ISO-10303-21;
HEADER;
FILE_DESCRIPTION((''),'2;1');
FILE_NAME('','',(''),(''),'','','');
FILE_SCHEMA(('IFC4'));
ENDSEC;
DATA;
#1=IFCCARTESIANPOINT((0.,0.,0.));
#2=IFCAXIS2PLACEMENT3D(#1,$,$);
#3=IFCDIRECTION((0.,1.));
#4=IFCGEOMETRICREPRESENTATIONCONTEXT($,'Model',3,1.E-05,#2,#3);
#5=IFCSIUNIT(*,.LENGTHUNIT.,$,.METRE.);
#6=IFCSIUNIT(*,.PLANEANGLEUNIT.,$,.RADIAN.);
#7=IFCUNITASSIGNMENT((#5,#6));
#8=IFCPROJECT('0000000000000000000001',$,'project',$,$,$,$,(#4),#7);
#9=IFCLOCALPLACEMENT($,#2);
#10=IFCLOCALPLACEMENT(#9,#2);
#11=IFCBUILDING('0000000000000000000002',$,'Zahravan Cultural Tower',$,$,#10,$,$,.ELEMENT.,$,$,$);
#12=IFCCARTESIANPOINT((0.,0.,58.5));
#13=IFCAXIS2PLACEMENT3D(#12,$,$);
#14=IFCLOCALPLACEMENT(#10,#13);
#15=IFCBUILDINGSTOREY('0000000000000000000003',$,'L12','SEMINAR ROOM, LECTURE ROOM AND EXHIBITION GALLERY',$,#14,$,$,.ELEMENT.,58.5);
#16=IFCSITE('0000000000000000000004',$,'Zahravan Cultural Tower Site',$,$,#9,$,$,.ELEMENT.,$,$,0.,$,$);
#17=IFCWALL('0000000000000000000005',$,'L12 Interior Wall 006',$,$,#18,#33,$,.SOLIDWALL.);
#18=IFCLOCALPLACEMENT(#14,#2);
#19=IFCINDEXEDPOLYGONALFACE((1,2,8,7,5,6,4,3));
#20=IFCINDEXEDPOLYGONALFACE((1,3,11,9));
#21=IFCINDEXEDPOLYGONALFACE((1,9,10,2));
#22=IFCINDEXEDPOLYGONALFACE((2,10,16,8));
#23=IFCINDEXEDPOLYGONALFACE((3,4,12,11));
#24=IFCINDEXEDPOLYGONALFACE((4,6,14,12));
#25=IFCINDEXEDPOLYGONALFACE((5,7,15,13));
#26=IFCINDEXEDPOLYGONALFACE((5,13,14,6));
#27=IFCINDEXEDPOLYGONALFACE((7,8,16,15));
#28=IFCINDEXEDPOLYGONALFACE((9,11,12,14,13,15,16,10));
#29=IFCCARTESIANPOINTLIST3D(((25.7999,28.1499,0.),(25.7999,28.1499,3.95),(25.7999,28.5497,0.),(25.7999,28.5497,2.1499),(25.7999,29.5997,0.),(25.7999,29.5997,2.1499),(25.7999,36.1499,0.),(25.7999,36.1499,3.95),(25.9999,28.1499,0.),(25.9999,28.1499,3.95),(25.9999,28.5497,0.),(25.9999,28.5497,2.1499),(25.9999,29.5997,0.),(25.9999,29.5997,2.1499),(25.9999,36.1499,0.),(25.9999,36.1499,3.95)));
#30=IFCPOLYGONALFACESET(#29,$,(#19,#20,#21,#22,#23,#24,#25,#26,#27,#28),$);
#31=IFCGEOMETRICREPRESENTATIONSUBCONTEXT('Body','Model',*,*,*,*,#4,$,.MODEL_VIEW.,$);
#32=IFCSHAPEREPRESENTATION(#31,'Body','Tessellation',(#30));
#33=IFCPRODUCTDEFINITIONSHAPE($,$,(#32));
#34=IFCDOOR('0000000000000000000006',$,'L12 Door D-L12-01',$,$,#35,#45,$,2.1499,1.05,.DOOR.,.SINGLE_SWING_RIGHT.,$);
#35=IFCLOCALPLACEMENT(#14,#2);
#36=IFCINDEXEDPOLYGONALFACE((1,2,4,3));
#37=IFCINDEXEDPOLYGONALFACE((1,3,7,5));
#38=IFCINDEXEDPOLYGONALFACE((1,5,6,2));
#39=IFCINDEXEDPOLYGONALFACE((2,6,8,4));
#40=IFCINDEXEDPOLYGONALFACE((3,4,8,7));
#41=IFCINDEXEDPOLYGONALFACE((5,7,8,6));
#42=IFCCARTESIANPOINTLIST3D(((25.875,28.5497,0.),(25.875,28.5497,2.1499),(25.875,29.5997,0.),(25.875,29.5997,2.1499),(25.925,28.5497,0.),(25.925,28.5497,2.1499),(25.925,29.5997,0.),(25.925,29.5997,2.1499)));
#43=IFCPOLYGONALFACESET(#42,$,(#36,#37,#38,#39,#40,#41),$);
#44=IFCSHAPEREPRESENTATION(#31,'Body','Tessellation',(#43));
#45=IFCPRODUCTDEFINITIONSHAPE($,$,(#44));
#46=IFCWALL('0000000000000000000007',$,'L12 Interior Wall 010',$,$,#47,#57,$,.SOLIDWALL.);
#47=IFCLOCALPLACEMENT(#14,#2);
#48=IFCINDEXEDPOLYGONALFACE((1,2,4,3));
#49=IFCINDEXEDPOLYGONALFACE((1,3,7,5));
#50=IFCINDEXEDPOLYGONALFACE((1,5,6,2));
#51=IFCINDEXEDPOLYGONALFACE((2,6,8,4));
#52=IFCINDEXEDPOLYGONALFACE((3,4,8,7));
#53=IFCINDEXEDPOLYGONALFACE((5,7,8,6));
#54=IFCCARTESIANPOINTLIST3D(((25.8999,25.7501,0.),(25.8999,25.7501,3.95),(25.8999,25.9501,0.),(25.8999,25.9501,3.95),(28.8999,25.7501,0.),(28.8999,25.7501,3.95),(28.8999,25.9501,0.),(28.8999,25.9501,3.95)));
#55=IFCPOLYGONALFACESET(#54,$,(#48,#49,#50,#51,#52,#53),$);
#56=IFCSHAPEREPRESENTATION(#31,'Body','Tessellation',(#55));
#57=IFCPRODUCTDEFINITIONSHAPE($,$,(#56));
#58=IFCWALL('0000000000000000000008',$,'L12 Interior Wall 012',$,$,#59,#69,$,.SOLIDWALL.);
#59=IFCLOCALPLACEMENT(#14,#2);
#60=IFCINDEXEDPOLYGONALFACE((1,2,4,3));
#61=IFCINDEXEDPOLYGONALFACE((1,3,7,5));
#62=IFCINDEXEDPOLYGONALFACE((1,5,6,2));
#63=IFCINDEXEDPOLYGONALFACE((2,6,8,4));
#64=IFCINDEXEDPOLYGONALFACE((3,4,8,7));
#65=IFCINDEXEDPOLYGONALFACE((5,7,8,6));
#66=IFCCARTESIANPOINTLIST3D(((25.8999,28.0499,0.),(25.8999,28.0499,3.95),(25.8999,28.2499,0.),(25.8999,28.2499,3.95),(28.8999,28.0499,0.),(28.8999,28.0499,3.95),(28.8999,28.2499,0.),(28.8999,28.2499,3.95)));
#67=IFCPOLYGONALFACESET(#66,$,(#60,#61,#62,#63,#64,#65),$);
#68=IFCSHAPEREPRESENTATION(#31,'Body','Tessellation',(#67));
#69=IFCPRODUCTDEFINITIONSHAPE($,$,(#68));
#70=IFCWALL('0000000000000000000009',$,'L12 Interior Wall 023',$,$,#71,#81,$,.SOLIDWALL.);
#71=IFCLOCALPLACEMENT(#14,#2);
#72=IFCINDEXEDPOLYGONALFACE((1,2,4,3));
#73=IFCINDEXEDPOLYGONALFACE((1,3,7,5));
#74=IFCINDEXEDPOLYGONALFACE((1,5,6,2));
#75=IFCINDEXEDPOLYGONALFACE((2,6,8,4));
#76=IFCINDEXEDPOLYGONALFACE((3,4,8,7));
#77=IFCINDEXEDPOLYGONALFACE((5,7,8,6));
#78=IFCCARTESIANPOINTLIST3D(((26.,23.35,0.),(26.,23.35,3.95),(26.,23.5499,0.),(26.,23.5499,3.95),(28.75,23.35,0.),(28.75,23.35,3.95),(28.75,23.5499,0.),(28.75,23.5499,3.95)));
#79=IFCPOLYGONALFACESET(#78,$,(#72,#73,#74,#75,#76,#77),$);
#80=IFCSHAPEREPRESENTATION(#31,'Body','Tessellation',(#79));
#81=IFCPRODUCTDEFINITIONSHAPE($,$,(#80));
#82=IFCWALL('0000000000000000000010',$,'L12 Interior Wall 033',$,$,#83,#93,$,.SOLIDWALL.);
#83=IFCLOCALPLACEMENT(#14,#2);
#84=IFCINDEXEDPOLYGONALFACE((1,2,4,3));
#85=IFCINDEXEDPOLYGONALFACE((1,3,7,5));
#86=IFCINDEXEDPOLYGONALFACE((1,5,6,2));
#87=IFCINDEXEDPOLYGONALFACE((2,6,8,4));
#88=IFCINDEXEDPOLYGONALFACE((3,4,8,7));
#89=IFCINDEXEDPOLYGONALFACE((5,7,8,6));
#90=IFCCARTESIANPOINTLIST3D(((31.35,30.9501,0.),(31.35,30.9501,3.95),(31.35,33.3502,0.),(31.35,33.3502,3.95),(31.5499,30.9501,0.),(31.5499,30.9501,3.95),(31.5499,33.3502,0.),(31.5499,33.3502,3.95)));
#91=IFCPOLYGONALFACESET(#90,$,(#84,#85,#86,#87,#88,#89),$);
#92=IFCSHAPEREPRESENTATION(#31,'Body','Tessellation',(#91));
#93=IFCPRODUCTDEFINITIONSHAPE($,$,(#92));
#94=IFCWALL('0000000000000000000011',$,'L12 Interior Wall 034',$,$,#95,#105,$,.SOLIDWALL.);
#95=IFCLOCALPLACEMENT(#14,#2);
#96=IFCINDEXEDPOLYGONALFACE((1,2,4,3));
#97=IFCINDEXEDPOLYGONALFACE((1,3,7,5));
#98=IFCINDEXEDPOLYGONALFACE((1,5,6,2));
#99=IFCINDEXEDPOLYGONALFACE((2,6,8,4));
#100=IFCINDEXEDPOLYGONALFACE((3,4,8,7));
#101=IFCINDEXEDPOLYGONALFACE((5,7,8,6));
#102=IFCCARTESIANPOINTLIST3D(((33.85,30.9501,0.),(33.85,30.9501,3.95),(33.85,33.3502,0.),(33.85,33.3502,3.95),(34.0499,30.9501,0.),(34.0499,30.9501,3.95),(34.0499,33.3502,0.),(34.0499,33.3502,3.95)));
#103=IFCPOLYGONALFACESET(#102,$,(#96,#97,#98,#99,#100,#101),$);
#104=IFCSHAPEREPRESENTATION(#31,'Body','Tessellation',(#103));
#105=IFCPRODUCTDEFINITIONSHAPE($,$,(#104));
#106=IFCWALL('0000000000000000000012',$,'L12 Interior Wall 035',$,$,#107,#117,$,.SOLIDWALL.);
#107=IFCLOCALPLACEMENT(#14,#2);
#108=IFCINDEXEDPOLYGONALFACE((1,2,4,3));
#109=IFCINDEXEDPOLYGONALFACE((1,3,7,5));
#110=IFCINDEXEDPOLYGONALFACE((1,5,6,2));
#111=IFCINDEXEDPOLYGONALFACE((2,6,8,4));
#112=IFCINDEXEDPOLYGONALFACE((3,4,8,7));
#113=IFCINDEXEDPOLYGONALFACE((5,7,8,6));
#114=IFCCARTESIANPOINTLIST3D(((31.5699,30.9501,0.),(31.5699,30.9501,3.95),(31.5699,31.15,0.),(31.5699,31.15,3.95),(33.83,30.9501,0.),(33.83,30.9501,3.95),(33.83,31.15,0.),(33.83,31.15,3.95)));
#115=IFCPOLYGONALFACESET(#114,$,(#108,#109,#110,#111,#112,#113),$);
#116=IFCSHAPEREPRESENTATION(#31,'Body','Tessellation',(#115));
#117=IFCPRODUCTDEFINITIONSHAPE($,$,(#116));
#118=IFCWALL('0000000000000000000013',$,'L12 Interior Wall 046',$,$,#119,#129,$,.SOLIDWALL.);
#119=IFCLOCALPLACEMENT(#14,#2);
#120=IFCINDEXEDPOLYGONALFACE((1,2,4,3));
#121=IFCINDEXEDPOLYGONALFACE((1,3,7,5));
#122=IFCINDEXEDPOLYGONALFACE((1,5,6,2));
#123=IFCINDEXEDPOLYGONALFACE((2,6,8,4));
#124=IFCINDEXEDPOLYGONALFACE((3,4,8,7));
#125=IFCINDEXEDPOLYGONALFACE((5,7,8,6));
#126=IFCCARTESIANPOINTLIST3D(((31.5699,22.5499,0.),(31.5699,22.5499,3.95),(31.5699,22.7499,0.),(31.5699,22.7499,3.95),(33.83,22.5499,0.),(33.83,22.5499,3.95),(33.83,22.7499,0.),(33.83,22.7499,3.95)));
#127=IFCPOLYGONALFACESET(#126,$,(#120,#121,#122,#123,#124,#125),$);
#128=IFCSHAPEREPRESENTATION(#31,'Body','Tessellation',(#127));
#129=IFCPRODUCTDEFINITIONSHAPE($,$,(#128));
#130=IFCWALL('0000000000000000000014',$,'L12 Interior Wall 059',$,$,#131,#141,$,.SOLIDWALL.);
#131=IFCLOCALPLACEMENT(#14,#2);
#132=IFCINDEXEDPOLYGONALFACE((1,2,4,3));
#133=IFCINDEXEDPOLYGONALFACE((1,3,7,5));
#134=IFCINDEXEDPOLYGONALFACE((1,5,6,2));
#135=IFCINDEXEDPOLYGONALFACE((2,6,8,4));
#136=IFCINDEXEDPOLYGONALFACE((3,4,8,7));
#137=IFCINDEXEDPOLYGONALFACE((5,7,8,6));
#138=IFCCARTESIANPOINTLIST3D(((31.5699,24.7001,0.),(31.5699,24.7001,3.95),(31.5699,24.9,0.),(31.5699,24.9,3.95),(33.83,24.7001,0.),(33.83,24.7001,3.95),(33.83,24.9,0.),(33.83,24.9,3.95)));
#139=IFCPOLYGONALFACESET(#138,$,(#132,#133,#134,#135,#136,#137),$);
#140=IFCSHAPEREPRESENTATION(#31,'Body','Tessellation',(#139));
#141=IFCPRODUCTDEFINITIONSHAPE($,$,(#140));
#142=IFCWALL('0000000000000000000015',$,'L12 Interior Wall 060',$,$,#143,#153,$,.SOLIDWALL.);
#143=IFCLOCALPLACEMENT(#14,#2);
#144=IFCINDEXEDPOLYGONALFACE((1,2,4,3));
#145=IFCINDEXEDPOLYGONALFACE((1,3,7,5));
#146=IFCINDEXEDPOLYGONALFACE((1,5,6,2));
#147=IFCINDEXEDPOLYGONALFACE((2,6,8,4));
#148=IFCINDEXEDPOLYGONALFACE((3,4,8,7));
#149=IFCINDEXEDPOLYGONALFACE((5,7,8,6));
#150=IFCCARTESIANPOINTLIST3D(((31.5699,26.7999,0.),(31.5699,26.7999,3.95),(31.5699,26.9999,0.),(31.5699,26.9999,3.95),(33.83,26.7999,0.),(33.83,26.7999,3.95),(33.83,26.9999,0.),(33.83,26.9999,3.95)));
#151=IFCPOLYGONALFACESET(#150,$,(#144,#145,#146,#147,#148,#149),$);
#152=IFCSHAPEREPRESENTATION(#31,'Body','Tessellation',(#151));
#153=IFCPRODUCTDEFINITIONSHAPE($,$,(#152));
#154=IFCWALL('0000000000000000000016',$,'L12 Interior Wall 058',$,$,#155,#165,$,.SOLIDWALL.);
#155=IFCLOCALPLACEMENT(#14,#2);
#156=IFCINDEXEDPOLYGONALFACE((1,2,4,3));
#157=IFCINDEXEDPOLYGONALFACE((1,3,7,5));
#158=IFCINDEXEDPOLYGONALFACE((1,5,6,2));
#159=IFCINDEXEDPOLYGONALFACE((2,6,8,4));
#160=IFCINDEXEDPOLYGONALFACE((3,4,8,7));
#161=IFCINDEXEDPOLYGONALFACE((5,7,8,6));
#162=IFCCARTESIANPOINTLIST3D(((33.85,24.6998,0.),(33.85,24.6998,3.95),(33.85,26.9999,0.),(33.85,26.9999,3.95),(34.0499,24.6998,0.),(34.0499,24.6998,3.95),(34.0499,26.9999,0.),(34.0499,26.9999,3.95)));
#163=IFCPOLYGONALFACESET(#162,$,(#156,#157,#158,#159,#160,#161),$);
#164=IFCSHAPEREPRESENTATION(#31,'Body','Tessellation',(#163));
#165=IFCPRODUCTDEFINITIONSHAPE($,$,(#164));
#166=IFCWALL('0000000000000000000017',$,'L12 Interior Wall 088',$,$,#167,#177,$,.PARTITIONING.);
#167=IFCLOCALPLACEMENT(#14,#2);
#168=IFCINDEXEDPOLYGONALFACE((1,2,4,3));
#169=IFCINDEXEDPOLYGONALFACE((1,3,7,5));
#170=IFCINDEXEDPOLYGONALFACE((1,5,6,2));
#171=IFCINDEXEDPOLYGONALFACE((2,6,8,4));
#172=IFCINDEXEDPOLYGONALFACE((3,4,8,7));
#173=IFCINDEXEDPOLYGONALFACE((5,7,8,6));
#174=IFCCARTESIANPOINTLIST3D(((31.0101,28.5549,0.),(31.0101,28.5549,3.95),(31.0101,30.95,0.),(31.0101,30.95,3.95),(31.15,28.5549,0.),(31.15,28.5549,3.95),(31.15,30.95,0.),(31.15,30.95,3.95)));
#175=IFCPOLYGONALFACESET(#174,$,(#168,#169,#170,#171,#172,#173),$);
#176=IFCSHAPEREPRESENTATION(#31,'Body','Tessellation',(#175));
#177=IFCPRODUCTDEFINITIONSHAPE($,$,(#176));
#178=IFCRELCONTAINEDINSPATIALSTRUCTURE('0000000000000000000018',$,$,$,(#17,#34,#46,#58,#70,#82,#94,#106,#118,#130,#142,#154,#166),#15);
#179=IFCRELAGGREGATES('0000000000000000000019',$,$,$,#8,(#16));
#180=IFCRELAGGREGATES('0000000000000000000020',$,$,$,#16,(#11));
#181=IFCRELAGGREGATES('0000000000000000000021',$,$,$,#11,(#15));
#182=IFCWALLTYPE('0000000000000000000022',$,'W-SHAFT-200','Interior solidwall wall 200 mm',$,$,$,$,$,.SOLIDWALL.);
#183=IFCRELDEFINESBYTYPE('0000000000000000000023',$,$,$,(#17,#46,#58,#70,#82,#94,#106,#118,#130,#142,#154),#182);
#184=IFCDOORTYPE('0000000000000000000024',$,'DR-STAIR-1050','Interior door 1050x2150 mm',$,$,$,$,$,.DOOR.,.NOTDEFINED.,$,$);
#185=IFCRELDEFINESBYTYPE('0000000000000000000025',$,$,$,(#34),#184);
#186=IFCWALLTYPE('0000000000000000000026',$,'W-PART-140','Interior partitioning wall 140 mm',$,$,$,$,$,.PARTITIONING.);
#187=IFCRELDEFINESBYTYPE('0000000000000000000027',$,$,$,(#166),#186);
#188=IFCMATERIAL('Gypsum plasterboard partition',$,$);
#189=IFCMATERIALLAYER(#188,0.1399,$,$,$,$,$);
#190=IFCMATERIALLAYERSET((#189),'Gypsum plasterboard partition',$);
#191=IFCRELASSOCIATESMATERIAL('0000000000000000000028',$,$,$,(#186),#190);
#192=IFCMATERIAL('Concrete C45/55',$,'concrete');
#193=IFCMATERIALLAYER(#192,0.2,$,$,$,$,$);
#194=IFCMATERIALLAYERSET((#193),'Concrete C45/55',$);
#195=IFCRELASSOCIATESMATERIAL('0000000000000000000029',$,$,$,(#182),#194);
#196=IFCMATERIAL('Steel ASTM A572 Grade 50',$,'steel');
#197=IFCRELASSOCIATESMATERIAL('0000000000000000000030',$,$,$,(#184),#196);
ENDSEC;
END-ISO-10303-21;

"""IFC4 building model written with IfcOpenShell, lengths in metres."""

from ifc_helpers import new_model, si_unit, direction, frame, frame_2d, origin, place, context, subcontext, project, spatial, rectangle, extrude, source, transform, mapped, material, layer, layer_set, type_object, element, fill, save


model = new_model("IFC4")

# Units and contexts
model_context = context("Model", 3, precision=1e-05, world=origin(), true_north=direction((0.0, 1.0)))
body_context = subcontext(model_context, "Body", "Model", "MODEL_VIEW")
ifc_project = project(units=[si_unit("LENGTHUNIT", "METRE"), si_unit("PLANEANGLEUNIT", "RADIAN")], contexts=[model_context])

# Site, building, storey
site_placement = place(None, origin())
site = spatial("IfcSite", under=ifc_project, at=site_placement, Name="Zahravan Cultural Tower Site", CompositionType="ELEMENT", RefElevation=0.0)
building_placement = place(site_placement, origin())
building = spatial("IfcBuilding", under=site, at=building_placement, Name="Zahravan Cultural Tower", CompositionType="ELEMENT")
storey_placement = place(building_placement, frame((0.0, 0.0, 58.5)))
storey = spatial("IfcBuildingStorey", under=building, at=storey_placement, Name="L12", Description="SEMINAR ROOM, LECTURE ROOM AND EXHIBITION GALLERY", CompositionType="ELEMENT", Elevation=58.5)

# Wall, opening, door
ifc_material_1 = material(Name="Steel ASTM A572 Grade 50", Category="steel")
ifc_material_2 = material(Name="Gypsum plasterboard partition")
ifc_layer_1 = layer(ifc_material_2, 0.1399)
ifc_layer_set_1 = layer_set([ifc_layer_1], Name="Gypsum plasterboard partition")
wall_type_1 = type_object("IfcWallType", Name="W-PART-140", Description="Interior partitioning wall 140 mm", PredefinedType="PARTITIONING", material=ifc_layer_set_1)
ifc_material_3 = material(Name="Concrete C45/55", Category="concrete")
ifc_layer_2 = layer(ifc_material_3, 0.2)
ifc_layer_set_2 = layer_set([ifc_layer_2], Name="Concrete C45/55")
wall_type_2 = type_object("IfcWallType", Name="W-SHAFT-200", Description="Interior solidwall wall 200 mm", PredefinedType="SOLIDWALL", material=ifc_layer_set_2)
wall_1_placement = place(storey_placement, frame((25.8999, 28.1499, 0.0), z_axis=(0.0, 0.0, 1.0), x_axis=(0.0, 1.0, 0.0)))
wall_1 = element("IfcWall", 1, at=wall_1_placement, inside=storey, type_object=wall_type_2, Name="L12 Interior Wall 006", PredefinedType="SOLIDWALL", context=body_context, shape_type="SweptSolid", body=[
    extrude(rectangle(XDim=8.0, YDim=0.2, at=frame_2d((4.0, 0.0))), origin(), (0.0, 0.0, 1.0), 3.95),
])
opening_1_placement = place(wall_1_placement, frame((0.3999, 0.0, 0.0)))
opening_1 = element("IfcOpeningElement", 2, at=opening_1_placement, cuts=wall_1, PredefinedType="OPENING", context=body_context, shape_type="SweptSolid", body=[
    extrude(rectangle(XDim=1.05, YDim=2.1499, at=frame_2d((0.5249, 1.075))), frame((0.0, 0.1099, 0.0), z_axis=(0.0, -1.0, 0.0), x_axis=(1.0, 0.0, 0.0)), (0.0, 0.0, 1.0), 0.22),
])
door_type_1 = type_object("IfcDoorType", Name="DR-STAIR-1050", Description="Interior door 1050x2150 mm", OperationType="NOTDEFINED", PredefinedType="DOOR", material=ifc_material_1)
shared_shape_1 = source(origin(), body_context, "Body", "SweptSolid", [
    extrude(rectangle(XDim=1.05, YDim=2.1499, at=frame_2d((0.5249, 1.075))), frame((0.0, 0.0249, 0.0), z_axis=(0.0, -1.0, 0.0), x_axis=(1.0, 0.0, 0.0)), (0.0, 0.0, 1.0), 0.05),
])
door_1_placement = place(opening_1_placement, origin())
door_1 = element("IfcDoor", 3, at=door_1_placement, inside=storey, type_object=door_type_1, Name="L12 Door D-L12-01", OperationType="SINGLE_SWING_RIGHT", OverallHeight=2.1499, OverallWidth=1.05, PredefinedType="DOOR", context=body_context, shape_type="MappedRepresentation", body=[
    mapped(shared_shape_1, transform((0.0, 0.0, 0.0), x_axis=(1.0, 0.0, 0.0), y_axis=(0.0, 1.0, 0.0), z_axis=(0.0, 0.0, 1.0), scale=1.0)),
])
fill(opening_1, door_1)

# Walls
shared_shape_2 = source(origin(), body_context, "Body", "SweptSolid", [
    extrude(rectangle(XDim=3.0, YDim=0.2, at=frame_2d((1.5, 0.0))), origin(), (0.0, 0.0, 1.0), 3.95),
])
for number, where, z_axis, x_axis, name in (
    (4, (25.8999, 25.8501, 0.0), (0.0, 0.0, 1.0), (1.0, 0.0, 0.0), "L12 Interior Wall 010"),
    (5, (25.8999, 28.1499, 0.0), (0.0, 0.0, 1.0), (1.0, 0.0, 0.0), "L12 Interior Wall 012"),
):
    element("IfcWall", number, at=place(storey_placement, frame(where, z_axis=z_axis, x_axis=x_axis)), inside=storey, type_object=wall_type_2, Name=name, PredefinedType="SOLIDWALL", context=body_context, shape_type="MappedRepresentation", body=[
        mapped(shared_shape_2, transform((0.0, 0.0, 0.0), x_axis=(1.0, 0.0, 0.0), y_axis=(0.0, 1.0, 0.0), z_axis=(0.0, 0.0, 1.0), scale=1.0)),
    ])
shared_shape_3 = source(origin(), body_context, "Body", "SweptSolid", [
    extrude(rectangle(XDim=2.75, YDim=0.2, at=frame_2d((1.375, 0.0))), origin(), (0.0, 0.0, 1.0), 3.95),
])
wall_2_placement = place(storey_placement, frame((26.0, 23.45, 0.0), z_axis=(0.0, 0.0, 1.0), x_axis=(1.0, 0.0, 0.0)))
element("IfcWall", 6, at=wall_2_placement, inside=storey, type_object=wall_type_2, Name="L12 Interior Wall 023", PredefinedType="SOLIDWALL", context=body_context, shape_type="MappedRepresentation", body=[
    mapped(shared_shape_3, transform((0.0, 0.0, 0.0), x_axis=(1.0, 0.0, 0.0), y_axis=(0.0, 1.0, 0.0), z_axis=(0.0, 0.0, 1.0), scale=1.0)),
])
shared_shape_4 = source(origin(), body_context, "Body", "SweptSolid", [
    extrude(rectangle(XDim=2.4001, YDim=0.2, at=frame_2d((1.2002, 0.0))), origin(), (0.0, 0.0, 1.0), 3.95),
])
for number, where, z_axis, x_axis, name in (
    (7, (31.45, 30.95, 0.0), (0.0, 0.0, 1.0), (0.0, 1.0, 0.0), "L12 Interior Wall 033"),
    (8, (33.95, 30.95, 0.0), (0.0, 0.0, 1.0), (0.0, 1.0, 0.0), "L12 Interior Wall 034"),
):
    element("IfcWall", number, at=place(storey_placement, frame(where, z_axis=z_axis, x_axis=x_axis)), inside=storey, type_object=wall_type_2, Name=name, PredefinedType="SOLIDWALL", context=body_context, shape_type="MappedRepresentation", body=[
        mapped(shared_shape_4, transform((0.0, 0.0, 0.0), x_axis=(1.0, 0.0, 0.0), y_axis=(0.0, 1.0, 0.0), z_axis=(0.0, 0.0, 1.0), scale=1.0)),
    ])
shared_shape_5 = source(origin(), body_context, "Body", "SweptSolid", [
    extrude(rectangle(XDim=2.26, YDim=0.2, at=frame_2d((1.1299, 0.0))), origin(), (0.0, 0.0, 1.0), 3.95),
])
for number, where, z_axis, x_axis, name in (
    (9, (31.5701, 31.05, 0.0), (0.0, 0.0, 1.0), (1.0, 0.0, 0.0), "L12 Interior Wall 035"),
    (10, (31.5701, 22.6499, 0.0), (0.0, 0.0, 1.0), (1.0, 0.0, 0.0), "L12 Interior Wall 046"),
    (11, (31.5701, 24.8, 0.0), (0.0, 0.0, 1.0), (1.0, 0.0, 0.0), "L12 Interior Wall 059"),
    (12, (31.5701, 26.8999, 0.0), (0.0, 0.0, 1.0), (1.0, 0.0, 0.0), "L12 Interior Wall 060"),
):
    element("IfcWall", number, at=place(storey_placement, frame(where, z_axis=z_axis, x_axis=x_axis)), inside=storey, type_object=wall_type_2, Name=name, PredefinedType="SOLIDWALL", context=body_context, shape_type="MappedRepresentation", body=[
        mapped(shared_shape_5, transform((0.0, 0.0, 0.0), x_axis=(1.0, 0.0, 0.0), y_axis=(0.0, 1.0, 0.0), z_axis=(0.0, 0.0, 1.0), scale=1.0)),
    ])
shared_shape_6 = source(origin(), body_context, "Body", "SweptSolid", [
    extrude(rectangle(XDim=2.3, YDim=0.2, at=frame_2d((1.1499, 0.0))), origin(), (0.0, 0.0, 1.0), 3.95),
])
wall_3_placement = place(storey_placement, frame((33.95, 24.7, 0.0), z_axis=(0.0, 0.0, 1.0), x_axis=(0.0, 1.0, 0.0)))
element("IfcWall", 13, at=wall_3_placement, inside=storey, type_object=wall_type_2, Name="L12 Interior Wall 058", PredefinedType="SOLIDWALL", context=body_context, shape_type="MappedRepresentation", body=[
    mapped(shared_shape_6, transform((0.0, 0.0, 0.0), x_axis=(1.0, 0.0, 0.0), y_axis=(0.0, 1.0, 0.0), z_axis=(0.0, 0.0, 1.0), scale=1.0)),
])
shared_shape_7 = source(origin(), body_context, "Body", "SweptSolid", [
    extrude(rectangle(XDim=2.395, YDim=0.1399, at=frame_2d((1.1975, 0.0))), origin(), (0.0, 0.0, 1.0), 3.95),
])
wall_4_placement = place(storey_placement, frame((31.0801, 28.5549, 0.0), z_axis=(0.0, 0.0, 1.0), x_axis=(0.0, 1.0, 0.0)))
element("IfcWall", 14, at=wall_4_placement, inside=storey, type_object=wall_type_1, Name="L12 Interior Wall 088", PredefinedType="PARTITIONING", context=body_context, shape_type="MappedRepresentation", body=[
    mapped(shared_shape_7, transform((0.0, 0.0, 0.0), x_axis=(1.0, 0.0, 0.0), y_axis=(0.0, 1.0, 0.0), z_axis=(0.0, 0.0, 1.0), scale=1.0)),
])

save(model, "model.ifc")
